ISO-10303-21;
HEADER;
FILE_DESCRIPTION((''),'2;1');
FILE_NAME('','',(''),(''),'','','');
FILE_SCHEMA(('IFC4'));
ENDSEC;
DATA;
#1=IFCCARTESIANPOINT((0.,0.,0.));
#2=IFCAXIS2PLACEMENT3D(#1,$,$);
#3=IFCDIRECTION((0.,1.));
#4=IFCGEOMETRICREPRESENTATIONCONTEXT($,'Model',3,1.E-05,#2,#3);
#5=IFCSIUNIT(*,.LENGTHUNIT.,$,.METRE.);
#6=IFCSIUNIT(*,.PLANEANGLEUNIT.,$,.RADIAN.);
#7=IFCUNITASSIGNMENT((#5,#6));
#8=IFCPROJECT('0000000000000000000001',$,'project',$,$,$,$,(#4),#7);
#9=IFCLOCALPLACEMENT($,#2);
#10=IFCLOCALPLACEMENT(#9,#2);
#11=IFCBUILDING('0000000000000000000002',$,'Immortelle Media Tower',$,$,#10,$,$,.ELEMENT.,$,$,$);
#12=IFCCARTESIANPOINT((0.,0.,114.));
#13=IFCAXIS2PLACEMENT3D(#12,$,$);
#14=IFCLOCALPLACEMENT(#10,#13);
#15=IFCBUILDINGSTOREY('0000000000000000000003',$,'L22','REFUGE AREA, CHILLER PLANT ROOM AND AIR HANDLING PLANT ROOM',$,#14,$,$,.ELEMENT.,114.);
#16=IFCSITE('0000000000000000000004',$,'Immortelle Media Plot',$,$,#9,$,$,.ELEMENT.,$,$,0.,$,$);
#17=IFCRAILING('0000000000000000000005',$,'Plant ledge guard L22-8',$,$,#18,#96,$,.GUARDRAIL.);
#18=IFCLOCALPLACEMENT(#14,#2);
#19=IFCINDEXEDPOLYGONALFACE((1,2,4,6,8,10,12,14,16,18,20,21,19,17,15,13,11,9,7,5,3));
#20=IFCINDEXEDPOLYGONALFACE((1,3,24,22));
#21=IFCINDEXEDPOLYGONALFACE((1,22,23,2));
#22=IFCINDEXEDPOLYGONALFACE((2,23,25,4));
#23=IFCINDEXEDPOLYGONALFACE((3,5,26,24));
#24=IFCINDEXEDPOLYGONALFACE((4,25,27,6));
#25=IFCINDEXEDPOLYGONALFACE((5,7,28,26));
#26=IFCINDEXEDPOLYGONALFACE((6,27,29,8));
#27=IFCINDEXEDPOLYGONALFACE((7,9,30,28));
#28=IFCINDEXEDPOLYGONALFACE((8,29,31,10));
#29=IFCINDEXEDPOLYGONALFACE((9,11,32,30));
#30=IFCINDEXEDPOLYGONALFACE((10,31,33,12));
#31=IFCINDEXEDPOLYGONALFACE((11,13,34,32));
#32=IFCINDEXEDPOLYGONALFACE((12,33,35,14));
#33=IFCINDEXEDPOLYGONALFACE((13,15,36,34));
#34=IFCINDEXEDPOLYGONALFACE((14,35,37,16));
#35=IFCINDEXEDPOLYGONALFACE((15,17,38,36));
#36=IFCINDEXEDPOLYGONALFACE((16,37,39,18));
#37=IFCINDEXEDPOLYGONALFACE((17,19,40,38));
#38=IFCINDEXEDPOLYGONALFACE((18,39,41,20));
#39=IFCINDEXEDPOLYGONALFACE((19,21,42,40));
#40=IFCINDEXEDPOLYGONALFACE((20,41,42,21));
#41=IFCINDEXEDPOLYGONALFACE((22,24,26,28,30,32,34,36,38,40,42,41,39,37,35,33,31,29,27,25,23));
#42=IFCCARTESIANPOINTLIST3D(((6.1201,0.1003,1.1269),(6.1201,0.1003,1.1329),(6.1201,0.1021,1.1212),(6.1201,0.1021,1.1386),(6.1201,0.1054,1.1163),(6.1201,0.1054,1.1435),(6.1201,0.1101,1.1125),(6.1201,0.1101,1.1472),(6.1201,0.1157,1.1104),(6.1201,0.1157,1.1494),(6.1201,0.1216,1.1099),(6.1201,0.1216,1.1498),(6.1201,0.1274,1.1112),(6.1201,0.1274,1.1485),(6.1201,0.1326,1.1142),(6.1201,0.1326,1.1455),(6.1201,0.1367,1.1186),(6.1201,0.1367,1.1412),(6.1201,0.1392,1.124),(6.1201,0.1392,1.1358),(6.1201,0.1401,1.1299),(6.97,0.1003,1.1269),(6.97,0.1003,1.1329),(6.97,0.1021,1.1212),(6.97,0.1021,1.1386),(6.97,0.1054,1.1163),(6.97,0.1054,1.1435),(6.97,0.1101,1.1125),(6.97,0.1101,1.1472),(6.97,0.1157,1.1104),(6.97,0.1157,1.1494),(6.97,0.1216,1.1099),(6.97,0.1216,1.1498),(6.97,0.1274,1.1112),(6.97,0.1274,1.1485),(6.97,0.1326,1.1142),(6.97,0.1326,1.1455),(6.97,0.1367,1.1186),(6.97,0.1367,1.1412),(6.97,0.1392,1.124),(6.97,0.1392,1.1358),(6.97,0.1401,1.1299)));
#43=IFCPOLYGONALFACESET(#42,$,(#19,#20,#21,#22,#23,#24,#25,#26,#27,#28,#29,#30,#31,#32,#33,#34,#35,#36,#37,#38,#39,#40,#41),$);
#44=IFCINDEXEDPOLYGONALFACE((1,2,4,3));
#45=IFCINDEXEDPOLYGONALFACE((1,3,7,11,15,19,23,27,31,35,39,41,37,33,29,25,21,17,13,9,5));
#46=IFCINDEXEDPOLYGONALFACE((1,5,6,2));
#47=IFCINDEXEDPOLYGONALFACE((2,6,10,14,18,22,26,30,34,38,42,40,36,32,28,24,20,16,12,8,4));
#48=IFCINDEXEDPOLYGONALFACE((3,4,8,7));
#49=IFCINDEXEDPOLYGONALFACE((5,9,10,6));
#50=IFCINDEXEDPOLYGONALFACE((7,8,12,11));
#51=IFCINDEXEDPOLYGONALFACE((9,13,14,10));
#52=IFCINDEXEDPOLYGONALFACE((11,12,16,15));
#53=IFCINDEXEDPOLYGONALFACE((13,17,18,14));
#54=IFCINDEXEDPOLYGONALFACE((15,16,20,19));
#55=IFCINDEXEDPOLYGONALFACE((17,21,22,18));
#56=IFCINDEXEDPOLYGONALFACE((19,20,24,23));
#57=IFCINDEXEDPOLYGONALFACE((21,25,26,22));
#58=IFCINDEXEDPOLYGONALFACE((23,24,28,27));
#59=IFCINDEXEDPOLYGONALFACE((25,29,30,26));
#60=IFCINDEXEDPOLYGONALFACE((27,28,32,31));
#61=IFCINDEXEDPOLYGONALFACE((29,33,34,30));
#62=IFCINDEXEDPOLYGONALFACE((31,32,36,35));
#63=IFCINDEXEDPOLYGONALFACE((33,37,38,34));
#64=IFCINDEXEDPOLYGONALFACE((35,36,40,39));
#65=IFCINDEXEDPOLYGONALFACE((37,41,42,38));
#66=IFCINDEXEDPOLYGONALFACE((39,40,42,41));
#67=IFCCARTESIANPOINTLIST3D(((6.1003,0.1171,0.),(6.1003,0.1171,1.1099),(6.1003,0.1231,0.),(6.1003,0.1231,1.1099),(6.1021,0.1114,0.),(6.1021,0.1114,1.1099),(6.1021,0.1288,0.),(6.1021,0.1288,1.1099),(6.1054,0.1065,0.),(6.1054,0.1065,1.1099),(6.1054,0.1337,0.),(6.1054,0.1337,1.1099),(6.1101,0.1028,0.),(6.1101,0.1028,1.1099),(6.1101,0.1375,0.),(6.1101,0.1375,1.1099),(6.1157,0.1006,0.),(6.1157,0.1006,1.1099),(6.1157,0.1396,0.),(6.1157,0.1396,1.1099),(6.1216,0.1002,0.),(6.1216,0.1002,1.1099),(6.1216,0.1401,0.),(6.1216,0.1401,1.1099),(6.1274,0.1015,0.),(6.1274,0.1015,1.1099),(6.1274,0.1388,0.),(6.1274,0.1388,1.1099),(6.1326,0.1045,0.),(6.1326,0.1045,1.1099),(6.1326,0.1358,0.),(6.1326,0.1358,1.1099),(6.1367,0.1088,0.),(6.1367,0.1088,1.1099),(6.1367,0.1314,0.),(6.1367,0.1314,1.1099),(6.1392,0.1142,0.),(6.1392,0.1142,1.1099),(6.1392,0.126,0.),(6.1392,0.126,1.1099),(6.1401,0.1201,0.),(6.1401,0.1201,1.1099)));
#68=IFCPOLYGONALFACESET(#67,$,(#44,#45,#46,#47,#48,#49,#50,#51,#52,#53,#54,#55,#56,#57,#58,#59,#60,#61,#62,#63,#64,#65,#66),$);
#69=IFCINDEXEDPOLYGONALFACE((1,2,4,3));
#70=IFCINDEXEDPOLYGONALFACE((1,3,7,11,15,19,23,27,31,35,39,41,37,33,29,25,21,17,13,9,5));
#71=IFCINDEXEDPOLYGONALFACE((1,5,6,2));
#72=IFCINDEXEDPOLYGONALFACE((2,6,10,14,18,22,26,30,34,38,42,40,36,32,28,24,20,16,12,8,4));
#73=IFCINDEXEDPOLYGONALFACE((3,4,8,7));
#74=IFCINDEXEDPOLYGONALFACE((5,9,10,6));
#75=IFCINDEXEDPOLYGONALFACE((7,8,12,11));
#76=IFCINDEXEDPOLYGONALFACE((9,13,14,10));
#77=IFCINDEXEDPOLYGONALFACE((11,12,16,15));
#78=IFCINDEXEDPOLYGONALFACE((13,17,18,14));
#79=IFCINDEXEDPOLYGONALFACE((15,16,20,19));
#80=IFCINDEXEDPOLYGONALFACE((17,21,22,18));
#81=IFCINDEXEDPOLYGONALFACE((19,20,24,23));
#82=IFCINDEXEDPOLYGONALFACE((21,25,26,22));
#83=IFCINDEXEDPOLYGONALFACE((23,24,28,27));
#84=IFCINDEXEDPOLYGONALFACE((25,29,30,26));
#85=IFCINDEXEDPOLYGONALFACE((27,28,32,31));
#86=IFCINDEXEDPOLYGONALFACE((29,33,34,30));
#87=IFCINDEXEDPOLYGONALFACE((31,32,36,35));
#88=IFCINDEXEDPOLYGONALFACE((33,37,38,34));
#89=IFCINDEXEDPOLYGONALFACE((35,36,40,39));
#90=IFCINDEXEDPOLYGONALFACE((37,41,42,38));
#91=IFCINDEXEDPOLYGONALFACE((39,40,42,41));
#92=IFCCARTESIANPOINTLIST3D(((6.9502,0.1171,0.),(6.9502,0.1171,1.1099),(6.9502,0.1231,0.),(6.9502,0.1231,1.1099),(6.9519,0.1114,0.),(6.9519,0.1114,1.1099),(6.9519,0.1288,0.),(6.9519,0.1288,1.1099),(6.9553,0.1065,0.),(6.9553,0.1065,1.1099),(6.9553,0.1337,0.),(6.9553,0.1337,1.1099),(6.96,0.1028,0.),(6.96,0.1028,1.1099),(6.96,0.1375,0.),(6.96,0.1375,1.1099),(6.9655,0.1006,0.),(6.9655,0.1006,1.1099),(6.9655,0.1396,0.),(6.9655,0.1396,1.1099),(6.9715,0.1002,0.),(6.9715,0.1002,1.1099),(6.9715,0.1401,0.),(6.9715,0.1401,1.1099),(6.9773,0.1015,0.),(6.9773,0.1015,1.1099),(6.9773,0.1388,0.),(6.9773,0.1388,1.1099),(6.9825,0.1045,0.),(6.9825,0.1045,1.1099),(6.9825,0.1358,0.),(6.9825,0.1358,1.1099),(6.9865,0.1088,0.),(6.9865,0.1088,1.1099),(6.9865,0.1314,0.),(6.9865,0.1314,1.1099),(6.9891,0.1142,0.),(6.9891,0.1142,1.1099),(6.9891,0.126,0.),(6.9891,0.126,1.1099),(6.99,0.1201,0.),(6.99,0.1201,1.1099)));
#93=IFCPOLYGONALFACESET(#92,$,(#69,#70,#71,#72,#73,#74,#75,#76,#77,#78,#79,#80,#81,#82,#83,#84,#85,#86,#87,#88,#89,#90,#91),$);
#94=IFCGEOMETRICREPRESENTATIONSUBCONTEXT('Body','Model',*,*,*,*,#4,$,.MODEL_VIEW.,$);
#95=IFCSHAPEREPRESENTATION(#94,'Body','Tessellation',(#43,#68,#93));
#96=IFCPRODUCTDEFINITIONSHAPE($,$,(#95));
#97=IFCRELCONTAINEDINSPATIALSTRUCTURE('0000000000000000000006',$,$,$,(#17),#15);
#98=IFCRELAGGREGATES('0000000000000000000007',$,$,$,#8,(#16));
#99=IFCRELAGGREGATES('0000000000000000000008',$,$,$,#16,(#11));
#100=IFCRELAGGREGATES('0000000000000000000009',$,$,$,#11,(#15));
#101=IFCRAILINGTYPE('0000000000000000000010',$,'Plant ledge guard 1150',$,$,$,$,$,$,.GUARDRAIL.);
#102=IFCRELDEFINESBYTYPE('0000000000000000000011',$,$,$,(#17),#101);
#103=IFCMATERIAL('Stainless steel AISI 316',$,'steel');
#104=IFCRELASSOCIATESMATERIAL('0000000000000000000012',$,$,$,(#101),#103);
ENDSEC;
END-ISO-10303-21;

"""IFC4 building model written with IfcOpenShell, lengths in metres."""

from ifc_helpers import new_model, si_unit, direction, frame, origin, origin_2d, place, context, subcontext, project, spatial, circle, extrude, material, type_object, element, save


model = new_model("IFC4")

# Units and contexts
model_context = context("Model", 3, precision=1e-05, world=origin(), true_north=direction((0.0, 1.0)))
body_context = subcontext(model_context, "Body", "Model", "MODEL_VIEW")
ifc_project = project(units=[si_unit("LENGTHUNIT", "METRE"), si_unit("PLANEANGLEUNIT", "RADIAN")], contexts=[model_context])

# Site, building, storey
site_placement = place(None, origin())
site = spatial("IfcSite", under=ifc_project, at=site_placement, Name="Immortelle Media Plot", CompositionType="ELEMENT", RefElevation=0.0)
building_placement = place(site_placement, origin())
building = spatial("IfcBuilding", under=site, at=building_placement, Name="Immortelle Media Tower", CompositionType="ELEMENT")
storey_placement = place(building_placement, frame((0.0, 0.0, 114.0)))
storey = spatial("IfcBuildingStorey", under=building, at=storey_placement, Name="L22", Description="REFUGE AREA, CHILLER PLANT ROOM AND AIR HANDLING PLANT ROOM", CompositionType="ELEMENT", Elevation=114.0)

# Railing
ifc_material_1 = material(Name="Stainless steel AISI 316", Category="steel")
railing_type = type_object("IfcRailingType", Name="Plant ledge guard 1150", PredefinedType="GUARDRAIL", material=ifc_material_1)
railing_placement = place(storey_placement, frame((6.1201, 0.1201, 0.0)))
element("IfcRailing", 1, at=railing_placement, inside=storey, type_object=railing_type, Name="Plant ledge guard L22-8", PredefinedType="GUARDRAIL", context=body_context, shape_type="SweptSolid", body=[
    extrude(circle(Radius=0.02, at=origin_2d()), frame((0.0, 0.0, 1.1299), z_axis=(1.0, 0.0, 0.0), x_axis=(0.0, 1.0, 0.0)), (0.0, 0.0, 1.0), 0.8499),
    extrude(circle(Radius=0.02, at=origin_2d()), origin(), (0.0, 0.0, 1.0), 1.1099),
    extrude(circle(Radius=0.02, at=origin_2d()), frame((0.8499, 0.0, 0.0)), (0.0, 0.0, 1.0), 1.1099),
])

save(model, "model.ifc")
